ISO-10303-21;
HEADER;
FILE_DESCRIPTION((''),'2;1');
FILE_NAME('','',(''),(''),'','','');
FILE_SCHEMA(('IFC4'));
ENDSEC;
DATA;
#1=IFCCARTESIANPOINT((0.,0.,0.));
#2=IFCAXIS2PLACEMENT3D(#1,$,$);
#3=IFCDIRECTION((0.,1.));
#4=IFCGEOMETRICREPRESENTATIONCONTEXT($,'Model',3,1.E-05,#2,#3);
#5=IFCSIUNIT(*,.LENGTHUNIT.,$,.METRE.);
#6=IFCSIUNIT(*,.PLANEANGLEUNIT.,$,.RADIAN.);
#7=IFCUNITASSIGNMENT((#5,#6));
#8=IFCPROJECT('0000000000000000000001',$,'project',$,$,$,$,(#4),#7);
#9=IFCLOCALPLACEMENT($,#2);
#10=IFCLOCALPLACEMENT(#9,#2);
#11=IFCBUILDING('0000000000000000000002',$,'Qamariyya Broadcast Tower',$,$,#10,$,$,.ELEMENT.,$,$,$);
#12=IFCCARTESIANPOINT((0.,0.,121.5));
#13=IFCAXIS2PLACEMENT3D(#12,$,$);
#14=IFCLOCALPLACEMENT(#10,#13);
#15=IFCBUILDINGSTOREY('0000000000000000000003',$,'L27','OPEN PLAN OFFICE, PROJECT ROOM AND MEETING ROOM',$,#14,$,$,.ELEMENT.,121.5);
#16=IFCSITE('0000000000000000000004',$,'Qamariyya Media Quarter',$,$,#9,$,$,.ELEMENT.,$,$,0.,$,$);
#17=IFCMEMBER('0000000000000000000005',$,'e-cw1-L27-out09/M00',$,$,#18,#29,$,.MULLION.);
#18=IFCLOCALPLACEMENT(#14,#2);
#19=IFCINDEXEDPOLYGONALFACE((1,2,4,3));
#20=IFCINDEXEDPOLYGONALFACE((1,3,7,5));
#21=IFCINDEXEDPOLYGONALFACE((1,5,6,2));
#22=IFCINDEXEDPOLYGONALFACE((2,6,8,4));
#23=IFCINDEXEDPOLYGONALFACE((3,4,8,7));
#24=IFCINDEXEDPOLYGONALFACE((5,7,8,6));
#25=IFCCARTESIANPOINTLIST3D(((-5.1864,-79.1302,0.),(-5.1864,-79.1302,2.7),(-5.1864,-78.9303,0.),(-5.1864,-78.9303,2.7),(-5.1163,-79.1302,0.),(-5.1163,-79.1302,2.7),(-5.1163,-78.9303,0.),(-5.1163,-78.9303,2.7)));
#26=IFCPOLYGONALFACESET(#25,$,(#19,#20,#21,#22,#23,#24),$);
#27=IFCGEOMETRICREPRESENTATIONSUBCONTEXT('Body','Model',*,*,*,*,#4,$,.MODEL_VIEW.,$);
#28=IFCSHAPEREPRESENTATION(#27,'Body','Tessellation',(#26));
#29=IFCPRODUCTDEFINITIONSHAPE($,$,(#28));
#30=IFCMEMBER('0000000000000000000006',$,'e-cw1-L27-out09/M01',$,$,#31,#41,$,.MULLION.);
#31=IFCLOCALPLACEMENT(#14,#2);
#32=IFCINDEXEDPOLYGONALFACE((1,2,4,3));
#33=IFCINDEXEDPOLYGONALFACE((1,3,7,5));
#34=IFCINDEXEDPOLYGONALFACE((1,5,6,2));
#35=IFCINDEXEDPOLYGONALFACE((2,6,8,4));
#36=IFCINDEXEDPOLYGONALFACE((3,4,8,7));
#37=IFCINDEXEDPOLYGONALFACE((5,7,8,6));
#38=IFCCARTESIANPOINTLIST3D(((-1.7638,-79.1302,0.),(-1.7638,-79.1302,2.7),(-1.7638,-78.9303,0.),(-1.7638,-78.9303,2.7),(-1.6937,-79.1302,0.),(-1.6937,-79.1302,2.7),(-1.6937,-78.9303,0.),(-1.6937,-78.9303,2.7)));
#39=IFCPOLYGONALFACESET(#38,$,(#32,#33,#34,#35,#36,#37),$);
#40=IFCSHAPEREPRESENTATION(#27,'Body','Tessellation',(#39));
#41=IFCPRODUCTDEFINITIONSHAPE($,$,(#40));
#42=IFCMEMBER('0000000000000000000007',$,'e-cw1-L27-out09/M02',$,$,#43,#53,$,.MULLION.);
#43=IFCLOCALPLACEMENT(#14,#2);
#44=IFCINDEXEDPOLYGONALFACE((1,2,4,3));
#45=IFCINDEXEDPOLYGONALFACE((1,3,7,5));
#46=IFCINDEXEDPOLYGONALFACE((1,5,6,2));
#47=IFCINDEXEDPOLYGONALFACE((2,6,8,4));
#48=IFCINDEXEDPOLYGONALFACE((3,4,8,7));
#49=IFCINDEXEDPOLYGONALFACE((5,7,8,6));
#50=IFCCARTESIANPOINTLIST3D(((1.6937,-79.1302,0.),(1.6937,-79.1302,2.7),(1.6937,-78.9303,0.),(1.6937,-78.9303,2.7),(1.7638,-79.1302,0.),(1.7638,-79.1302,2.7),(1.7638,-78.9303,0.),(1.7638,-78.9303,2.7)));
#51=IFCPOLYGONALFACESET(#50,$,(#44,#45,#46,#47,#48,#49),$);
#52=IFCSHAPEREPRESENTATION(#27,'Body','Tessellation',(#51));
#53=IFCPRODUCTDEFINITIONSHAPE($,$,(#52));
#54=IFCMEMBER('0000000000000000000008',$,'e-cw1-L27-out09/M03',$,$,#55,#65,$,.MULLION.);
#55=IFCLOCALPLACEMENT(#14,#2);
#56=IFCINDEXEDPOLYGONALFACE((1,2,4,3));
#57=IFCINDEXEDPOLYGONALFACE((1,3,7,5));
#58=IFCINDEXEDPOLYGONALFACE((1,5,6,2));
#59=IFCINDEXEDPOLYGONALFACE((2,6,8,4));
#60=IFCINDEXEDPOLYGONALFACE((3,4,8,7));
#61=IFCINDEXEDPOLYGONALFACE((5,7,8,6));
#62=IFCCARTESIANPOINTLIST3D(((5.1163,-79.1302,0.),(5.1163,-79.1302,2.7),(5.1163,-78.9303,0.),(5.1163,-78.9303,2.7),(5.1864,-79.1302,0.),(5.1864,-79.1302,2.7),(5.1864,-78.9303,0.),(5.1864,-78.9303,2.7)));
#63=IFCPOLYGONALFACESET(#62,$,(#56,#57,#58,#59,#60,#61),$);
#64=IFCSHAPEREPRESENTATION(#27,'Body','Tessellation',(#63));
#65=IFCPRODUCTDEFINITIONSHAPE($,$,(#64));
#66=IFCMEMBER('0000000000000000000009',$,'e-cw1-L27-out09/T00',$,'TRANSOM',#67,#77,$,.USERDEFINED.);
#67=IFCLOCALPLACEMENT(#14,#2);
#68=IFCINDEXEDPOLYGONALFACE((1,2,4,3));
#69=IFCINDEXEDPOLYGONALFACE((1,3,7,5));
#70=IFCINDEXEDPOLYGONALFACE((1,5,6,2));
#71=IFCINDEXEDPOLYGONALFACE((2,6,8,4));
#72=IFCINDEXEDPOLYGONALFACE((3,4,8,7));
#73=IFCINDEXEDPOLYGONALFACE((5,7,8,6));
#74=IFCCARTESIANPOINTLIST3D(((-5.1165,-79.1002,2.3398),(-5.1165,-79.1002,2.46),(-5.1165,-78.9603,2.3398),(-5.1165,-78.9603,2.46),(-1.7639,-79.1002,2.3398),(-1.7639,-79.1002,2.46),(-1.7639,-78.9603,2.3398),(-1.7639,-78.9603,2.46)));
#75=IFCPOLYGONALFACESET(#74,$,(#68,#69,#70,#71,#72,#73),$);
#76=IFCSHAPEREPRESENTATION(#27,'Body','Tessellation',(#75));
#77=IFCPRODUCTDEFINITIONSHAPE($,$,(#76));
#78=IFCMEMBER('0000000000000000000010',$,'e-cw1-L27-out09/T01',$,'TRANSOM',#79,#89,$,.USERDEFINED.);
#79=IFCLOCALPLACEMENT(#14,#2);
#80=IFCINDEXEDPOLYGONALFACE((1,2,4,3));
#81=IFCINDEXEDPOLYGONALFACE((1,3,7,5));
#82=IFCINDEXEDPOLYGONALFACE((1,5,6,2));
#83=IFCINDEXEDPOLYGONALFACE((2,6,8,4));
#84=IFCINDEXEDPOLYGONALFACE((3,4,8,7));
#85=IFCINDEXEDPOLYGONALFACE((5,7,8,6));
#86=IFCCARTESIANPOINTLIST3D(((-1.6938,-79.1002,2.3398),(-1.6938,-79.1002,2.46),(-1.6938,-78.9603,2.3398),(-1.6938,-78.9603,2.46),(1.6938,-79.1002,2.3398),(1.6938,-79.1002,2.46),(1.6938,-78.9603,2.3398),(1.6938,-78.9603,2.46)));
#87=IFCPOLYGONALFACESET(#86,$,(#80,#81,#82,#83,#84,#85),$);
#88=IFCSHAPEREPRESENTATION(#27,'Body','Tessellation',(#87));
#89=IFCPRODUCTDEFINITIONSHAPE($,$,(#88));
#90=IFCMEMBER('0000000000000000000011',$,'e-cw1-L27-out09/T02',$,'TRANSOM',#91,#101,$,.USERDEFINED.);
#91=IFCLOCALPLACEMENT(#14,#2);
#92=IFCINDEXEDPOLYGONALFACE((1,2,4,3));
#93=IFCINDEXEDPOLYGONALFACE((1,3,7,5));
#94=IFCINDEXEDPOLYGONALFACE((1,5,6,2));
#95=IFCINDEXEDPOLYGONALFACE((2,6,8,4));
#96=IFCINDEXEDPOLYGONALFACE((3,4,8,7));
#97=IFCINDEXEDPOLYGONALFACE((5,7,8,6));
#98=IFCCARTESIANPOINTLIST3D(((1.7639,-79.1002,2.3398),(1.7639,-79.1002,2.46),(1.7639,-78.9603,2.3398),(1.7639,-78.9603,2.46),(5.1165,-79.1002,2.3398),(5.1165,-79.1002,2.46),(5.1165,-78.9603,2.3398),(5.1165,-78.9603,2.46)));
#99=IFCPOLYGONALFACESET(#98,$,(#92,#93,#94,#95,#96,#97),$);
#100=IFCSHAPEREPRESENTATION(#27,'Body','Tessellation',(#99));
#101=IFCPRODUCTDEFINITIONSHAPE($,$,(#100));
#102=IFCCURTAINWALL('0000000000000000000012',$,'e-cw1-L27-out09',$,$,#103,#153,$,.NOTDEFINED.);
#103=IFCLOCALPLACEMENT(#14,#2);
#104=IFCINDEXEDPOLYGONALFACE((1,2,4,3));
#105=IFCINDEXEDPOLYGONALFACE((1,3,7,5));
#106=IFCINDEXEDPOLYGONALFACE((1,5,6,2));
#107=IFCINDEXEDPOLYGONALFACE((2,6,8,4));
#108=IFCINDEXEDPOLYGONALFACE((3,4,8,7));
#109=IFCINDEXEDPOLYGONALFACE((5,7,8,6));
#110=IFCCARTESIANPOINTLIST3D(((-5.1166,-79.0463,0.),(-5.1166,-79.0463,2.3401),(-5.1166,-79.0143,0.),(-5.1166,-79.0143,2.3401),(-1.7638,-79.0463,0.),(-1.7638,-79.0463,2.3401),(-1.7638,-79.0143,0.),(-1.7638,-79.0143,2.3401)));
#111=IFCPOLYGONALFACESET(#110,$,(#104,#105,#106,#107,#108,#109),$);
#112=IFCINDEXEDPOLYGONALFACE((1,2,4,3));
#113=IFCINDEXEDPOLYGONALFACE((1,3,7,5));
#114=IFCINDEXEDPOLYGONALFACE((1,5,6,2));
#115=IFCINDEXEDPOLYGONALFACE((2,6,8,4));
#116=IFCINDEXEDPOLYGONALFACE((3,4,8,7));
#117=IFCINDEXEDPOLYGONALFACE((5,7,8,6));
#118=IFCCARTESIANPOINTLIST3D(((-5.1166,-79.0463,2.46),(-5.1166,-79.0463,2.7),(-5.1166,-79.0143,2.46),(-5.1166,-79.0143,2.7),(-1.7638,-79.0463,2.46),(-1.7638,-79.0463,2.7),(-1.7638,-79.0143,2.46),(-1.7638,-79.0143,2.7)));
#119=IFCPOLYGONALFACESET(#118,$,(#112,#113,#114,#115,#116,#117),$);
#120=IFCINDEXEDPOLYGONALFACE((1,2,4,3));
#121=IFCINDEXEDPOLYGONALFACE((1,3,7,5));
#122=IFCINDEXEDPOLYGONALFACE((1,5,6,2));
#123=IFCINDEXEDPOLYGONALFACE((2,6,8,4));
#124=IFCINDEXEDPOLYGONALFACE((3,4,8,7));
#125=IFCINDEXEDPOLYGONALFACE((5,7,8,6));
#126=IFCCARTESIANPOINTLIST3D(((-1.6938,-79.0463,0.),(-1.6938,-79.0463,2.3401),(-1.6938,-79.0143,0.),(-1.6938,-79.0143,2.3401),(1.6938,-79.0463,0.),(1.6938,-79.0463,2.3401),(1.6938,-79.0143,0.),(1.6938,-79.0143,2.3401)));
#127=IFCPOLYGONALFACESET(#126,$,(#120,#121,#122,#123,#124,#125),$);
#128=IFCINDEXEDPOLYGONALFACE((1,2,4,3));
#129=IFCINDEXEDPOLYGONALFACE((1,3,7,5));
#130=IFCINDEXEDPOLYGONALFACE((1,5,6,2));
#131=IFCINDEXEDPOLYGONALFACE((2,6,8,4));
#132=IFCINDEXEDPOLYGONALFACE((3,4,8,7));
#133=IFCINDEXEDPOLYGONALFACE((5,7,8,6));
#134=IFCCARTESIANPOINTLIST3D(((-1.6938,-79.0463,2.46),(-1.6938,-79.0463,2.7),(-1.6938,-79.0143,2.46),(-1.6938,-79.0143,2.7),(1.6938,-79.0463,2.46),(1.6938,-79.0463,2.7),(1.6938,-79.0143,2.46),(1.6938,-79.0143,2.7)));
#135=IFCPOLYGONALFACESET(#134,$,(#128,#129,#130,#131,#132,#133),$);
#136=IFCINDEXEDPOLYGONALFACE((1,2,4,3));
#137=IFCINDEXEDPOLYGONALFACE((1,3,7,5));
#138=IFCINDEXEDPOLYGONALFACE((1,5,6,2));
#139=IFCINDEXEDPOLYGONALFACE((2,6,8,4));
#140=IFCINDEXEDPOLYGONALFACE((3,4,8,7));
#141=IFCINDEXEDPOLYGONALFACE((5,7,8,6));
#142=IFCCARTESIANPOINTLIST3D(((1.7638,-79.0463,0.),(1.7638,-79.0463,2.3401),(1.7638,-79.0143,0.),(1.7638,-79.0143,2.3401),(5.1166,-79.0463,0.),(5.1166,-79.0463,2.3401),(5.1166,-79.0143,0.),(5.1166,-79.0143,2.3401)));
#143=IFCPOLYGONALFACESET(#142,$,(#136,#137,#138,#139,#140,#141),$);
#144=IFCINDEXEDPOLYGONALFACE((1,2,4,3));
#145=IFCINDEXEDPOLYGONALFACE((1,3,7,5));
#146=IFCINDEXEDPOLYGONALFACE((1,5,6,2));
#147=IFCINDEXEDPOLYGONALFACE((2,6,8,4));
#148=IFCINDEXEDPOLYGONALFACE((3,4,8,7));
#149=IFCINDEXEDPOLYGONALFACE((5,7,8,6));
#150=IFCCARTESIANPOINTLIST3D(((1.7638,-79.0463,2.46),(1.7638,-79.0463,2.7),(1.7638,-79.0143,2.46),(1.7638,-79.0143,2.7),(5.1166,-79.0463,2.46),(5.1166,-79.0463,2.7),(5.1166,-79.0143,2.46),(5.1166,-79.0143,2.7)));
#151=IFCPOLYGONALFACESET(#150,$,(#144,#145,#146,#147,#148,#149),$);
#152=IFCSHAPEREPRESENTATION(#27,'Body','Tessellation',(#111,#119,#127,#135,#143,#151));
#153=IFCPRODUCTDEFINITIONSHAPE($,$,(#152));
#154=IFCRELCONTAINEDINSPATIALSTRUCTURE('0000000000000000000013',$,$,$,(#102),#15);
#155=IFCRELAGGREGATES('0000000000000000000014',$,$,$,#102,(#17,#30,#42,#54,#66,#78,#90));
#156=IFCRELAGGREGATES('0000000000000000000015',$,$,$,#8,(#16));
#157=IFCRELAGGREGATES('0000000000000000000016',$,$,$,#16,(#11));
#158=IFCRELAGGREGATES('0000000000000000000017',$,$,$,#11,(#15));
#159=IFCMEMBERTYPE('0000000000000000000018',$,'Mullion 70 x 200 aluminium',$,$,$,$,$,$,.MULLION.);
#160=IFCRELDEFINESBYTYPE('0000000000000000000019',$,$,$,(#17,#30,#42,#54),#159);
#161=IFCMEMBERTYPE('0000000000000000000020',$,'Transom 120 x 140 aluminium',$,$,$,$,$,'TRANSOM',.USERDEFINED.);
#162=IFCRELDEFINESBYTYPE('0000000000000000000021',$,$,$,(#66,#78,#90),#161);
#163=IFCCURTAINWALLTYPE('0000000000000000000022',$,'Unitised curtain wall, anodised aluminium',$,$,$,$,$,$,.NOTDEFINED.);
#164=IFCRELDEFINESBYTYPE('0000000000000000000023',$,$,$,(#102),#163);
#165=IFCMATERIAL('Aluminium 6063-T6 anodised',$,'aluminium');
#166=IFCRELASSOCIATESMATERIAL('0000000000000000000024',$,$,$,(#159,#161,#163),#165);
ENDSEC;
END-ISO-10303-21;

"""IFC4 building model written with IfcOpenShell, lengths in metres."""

from ifc_helpers import new_model, si_unit, direction, frame, origin, origin_2d, place, context, subcontext, project, spatial, rectangle, extrude, material, material_profile, profile_set, type_object, element, aggregate, save


model = new_model("IFC4")

# Units and contexts
model_context = context("Model", 3, precision=1e-05, world=origin(), true_north=direction((0.0, 1.0)))
body_context = subcontext(model_context, "Body", "Model", "MODEL_VIEW")
ifc_project = project(units=[si_unit("LENGTHUNIT", "METRE"), si_unit("PLANEANGLEUNIT", "RADIAN")], contexts=[model_context])

# Members
ifc_material = material(Name="Aluminium 6063-T6 anodised", Category="aluminium")
ifc_material_profile_1 = material_profile(ifc_material, rectangle(XDim=0.2, YDim=0.0701, at=origin_2d()))
ifc_profile_set_1 = profile_set([ifc_material_profile_1], Name="Aluminium 6063-T6 anodised")
member_type_1 = type_object("IfcMemberType", Name="Mullion 70 x 200 aluminium", PredefinedType="MULLION", material=ifc_profile_set_1)
site_placement = place(None, origin())
building_placement = place(site_placement, origin())
storey_placement = place(building_placement, frame((0.0, 0.0, 121.5)))
member_1_placement = place(storey_placement, frame((-5.1514, -79.0303, 0.0), z_axis=(0.0, 0.0, 1.0), x_axis=(0.0, 1.0, 0.0)))
member_1 = element("IfcMember", 1, at=member_1_placement, type_object=member_type_1, Name="e-cw1-L27-out09/M00", PredefinedType="MULLION", context=body_context, shape_type="SweptSolid", body=[
    extrude(rectangle(XDim=0.2, YDim=0.0701, at=origin_2d()), origin(), (0.0, 0.0, 1.0), 2.7),
])
member_2_placement = place(storey_placement, frame((-1.7288, -79.0303, 0.0), z_axis=(0.0, 0.0, 1.0), x_axis=(0.0, 1.0, 0.0)))
member_2 = element("IfcMember", 2, at=member_2_placement, type_object=member_type_1, Name="e-cw1-L27-out09/M01", PredefinedType="MULLION", context=body_context, shape_type="SweptSolid", body=[
    extrude(rectangle(XDim=0.2, YDim=0.0701, at=origin_2d()), origin(), (0.0, 0.0, 1.0), 2.7),
])
member_3_placement = place(storey_placement, frame((1.7288, -79.0303, 0.0), z_axis=(0.0, 0.0, 1.0), x_axis=(0.0, 1.0, 0.0)))
member_3 = element("IfcMember", 3, at=member_3_placement, type_object=member_type_1, Name="e-cw1-L27-out09/M02", PredefinedType="MULLION", context=body_context, shape_type="SweptSolid", body=[
    extrude(rectangle(XDim=0.2, YDim=0.0701, at=origin_2d()), origin(), (0.0, 0.0, 1.0), 2.7),
])
member_4_placement = place(storey_placement, frame((5.1514, -79.0303, 0.0), z_axis=(0.0, 0.0, 1.0), x_axis=(0.0, 1.0, 0.0)))
member_4 = element("IfcMember", 4, at=member_4_placement, type_object=member_type_1, Name="e-cw1-L27-out09/M03", PredefinedType="MULLION", context=body_context, shape_type="SweptSolid", body=[
    extrude(rectangle(XDim=0.2, YDim=0.0701, at=origin_2d()), origin(), (0.0, 0.0, 1.0), 2.7),
])
ifc_material_profile_2 = material_profile(ifc_material, rectangle(XDim=0.1399, YDim=0.1201, at=origin_2d()))
ifc_profile_set_2 = profile_set([ifc_material_profile_2], Name="Aluminium 6063-T6 anodised")
member_type_2 = type_object("IfcMemberType", Name="Transom 120 x 140 aluminium", ElementType="TRANSOM", PredefinedType="USERDEFINED", material=ifc_profile_set_2)
member_5_placement = place(storey_placement, frame((-5.1165, -79.0303, 2.3999), z_axis=(1.0, 0.0, 0.0), x_axis=(0.0, 1.0, 0.0)))
member_5 = element("IfcMember", 5, at=member_5_placement, type_object=member_type_2, Name="e-cw1-L27-out09/T00", ObjectType="TRANSOM", PredefinedType="USERDEFINED", context=body_context, shape_type="SweptSolid", body=[
    extrude(rectangle(XDim=0.1399, YDim=0.1201, at=origin_2d()), origin(), (0.0, 0.0, 1.0), 3.3525),
])
member_6_placement = place(storey_placement, frame((-1.6938, -79.0303, 2.3999), z_axis=(1.0, 0.0, 0.0), x_axis=(0.0, 1.0, 0.0)))
member_6 = element("IfcMember", 6, at=member_6_placement, type_object=member_type_2, Name="e-cw1-L27-out09/T01", ObjectType="TRANSOM", PredefinedType="USERDEFINED", context=body_context, shape_type="SweptSolid", body=[
    extrude(rectangle(XDim=0.1399, YDim=0.1201, at=origin_2d()), origin(), (0.0, 0.0, 1.0), 3.3877),
])
member_7_placement = place(storey_placement, frame((1.7639, -79.0303, 2.3999), z_axis=(1.0, 0.0, 0.0), x_axis=(0.0, 1.0, 0.0)))
member_7 = element("IfcMember", 7, at=member_7_placement, type_object=member_type_2, Name="e-cw1-L27-out09/T02", ObjectType="TRANSOM", PredefinedType="USERDEFINED", context=body_context, shape_type="SweptSolid", body=[
    extrude(rectangle(XDim=0.1399, YDim=0.1201, at=origin_2d()), origin(), (0.0, 0.0, 1.0), 3.3525),
])

# Site, building, storey
site = spatial("IfcSite", under=ifc_project, at=site_placement, Name="Qamariyya Media Quarter", CompositionType="ELEMENT", RefElevation=0.0)
building = spatial("IfcBuilding", under=site, at=building_placement, Name="Qamariyya Broadcast Tower", CompositionType="ELEMENT")
storey = spatial("IfcBuildingStorey", under=building, at=storey_placement, Name="L27", Description="OPEN PLAN OFFICE, PROJECT ROOM AND MEETING ROOM", CompositionType="ELEMENT", Elevation=121.5)

# Curtain wall
curtain_wall_type = type_object("IfcCurtainWallType", Name="Unitised curtain wall, anodised aluminium", PredefinedType="NOTDEFINED", material=ifc_material)
curtain_wall_1_placement = place(storey_placement, origin())
curtain_wall_1 = element("IfcCurtainWall", 8, at=curtain_wall_1_placement, inside=storey, type_object=curtain_wall_type, Name="e-cw1-L27-out09", PredefinedType="NOTDEFINED", context=body_context, shape_type="SweptSolid", body=[
    extrude(rectangle(XDim=3.3528, YDim=0.032, at=origin_2d()), frame((-3.4402, -79.0303, 0.0), x_axis=(1.0, 0.0, 0.0)), (0.0, 0.0, 1.0), 2.3401),
    extrude(rectangle(XDim=3.3528, YDim=0.032, at=origin_2d()), frame((-3.4402, -79.0303, 2.46), x_axis=(1.0, 0.0, 0.0)), (0.0, 0.0, 1.0), 0.24),
    extrude(rectangle(XDim=3.3877, YDim=0.032, at=origin_2d()), frame((0.0, -79.0303, 0.0), x_axis=(1.0, 0.0, 0.0)), (0.0, 0.0, 1.0), 2.3401),
    extrude(rectangle(XDim=3.3877, YDim=0.032, at=origin_2d()), frame((0.0, -79.0303, 2.46), x_axis=(1.0, 0.0, 0.0)), (0.0, 0.0, 1.0), 0.24),
    extrude(rectangle(XDim=3.3528, YDim=0.032, at=origin_2d()), frame((3.4402, -79.0303, 0.0), x_axis=(1.0, 0.0, 0.0)), (0.0, 0.0, 1.0), 2.3401),
    extrude(rectangle(XDim=3.3528, YDim=0.032, at=origin_2d()), frame((3.4402, -79.0303, 2.46), x_axis=(1.0, 0.0, 0.0)), (0.0, 0.0, 1.0), 0.24),
])
aggregate(curtain_wall_1, [member_1, member_2, member_3, member_4, member_5, member_6, member_7])

save(model, "model.ifc")
